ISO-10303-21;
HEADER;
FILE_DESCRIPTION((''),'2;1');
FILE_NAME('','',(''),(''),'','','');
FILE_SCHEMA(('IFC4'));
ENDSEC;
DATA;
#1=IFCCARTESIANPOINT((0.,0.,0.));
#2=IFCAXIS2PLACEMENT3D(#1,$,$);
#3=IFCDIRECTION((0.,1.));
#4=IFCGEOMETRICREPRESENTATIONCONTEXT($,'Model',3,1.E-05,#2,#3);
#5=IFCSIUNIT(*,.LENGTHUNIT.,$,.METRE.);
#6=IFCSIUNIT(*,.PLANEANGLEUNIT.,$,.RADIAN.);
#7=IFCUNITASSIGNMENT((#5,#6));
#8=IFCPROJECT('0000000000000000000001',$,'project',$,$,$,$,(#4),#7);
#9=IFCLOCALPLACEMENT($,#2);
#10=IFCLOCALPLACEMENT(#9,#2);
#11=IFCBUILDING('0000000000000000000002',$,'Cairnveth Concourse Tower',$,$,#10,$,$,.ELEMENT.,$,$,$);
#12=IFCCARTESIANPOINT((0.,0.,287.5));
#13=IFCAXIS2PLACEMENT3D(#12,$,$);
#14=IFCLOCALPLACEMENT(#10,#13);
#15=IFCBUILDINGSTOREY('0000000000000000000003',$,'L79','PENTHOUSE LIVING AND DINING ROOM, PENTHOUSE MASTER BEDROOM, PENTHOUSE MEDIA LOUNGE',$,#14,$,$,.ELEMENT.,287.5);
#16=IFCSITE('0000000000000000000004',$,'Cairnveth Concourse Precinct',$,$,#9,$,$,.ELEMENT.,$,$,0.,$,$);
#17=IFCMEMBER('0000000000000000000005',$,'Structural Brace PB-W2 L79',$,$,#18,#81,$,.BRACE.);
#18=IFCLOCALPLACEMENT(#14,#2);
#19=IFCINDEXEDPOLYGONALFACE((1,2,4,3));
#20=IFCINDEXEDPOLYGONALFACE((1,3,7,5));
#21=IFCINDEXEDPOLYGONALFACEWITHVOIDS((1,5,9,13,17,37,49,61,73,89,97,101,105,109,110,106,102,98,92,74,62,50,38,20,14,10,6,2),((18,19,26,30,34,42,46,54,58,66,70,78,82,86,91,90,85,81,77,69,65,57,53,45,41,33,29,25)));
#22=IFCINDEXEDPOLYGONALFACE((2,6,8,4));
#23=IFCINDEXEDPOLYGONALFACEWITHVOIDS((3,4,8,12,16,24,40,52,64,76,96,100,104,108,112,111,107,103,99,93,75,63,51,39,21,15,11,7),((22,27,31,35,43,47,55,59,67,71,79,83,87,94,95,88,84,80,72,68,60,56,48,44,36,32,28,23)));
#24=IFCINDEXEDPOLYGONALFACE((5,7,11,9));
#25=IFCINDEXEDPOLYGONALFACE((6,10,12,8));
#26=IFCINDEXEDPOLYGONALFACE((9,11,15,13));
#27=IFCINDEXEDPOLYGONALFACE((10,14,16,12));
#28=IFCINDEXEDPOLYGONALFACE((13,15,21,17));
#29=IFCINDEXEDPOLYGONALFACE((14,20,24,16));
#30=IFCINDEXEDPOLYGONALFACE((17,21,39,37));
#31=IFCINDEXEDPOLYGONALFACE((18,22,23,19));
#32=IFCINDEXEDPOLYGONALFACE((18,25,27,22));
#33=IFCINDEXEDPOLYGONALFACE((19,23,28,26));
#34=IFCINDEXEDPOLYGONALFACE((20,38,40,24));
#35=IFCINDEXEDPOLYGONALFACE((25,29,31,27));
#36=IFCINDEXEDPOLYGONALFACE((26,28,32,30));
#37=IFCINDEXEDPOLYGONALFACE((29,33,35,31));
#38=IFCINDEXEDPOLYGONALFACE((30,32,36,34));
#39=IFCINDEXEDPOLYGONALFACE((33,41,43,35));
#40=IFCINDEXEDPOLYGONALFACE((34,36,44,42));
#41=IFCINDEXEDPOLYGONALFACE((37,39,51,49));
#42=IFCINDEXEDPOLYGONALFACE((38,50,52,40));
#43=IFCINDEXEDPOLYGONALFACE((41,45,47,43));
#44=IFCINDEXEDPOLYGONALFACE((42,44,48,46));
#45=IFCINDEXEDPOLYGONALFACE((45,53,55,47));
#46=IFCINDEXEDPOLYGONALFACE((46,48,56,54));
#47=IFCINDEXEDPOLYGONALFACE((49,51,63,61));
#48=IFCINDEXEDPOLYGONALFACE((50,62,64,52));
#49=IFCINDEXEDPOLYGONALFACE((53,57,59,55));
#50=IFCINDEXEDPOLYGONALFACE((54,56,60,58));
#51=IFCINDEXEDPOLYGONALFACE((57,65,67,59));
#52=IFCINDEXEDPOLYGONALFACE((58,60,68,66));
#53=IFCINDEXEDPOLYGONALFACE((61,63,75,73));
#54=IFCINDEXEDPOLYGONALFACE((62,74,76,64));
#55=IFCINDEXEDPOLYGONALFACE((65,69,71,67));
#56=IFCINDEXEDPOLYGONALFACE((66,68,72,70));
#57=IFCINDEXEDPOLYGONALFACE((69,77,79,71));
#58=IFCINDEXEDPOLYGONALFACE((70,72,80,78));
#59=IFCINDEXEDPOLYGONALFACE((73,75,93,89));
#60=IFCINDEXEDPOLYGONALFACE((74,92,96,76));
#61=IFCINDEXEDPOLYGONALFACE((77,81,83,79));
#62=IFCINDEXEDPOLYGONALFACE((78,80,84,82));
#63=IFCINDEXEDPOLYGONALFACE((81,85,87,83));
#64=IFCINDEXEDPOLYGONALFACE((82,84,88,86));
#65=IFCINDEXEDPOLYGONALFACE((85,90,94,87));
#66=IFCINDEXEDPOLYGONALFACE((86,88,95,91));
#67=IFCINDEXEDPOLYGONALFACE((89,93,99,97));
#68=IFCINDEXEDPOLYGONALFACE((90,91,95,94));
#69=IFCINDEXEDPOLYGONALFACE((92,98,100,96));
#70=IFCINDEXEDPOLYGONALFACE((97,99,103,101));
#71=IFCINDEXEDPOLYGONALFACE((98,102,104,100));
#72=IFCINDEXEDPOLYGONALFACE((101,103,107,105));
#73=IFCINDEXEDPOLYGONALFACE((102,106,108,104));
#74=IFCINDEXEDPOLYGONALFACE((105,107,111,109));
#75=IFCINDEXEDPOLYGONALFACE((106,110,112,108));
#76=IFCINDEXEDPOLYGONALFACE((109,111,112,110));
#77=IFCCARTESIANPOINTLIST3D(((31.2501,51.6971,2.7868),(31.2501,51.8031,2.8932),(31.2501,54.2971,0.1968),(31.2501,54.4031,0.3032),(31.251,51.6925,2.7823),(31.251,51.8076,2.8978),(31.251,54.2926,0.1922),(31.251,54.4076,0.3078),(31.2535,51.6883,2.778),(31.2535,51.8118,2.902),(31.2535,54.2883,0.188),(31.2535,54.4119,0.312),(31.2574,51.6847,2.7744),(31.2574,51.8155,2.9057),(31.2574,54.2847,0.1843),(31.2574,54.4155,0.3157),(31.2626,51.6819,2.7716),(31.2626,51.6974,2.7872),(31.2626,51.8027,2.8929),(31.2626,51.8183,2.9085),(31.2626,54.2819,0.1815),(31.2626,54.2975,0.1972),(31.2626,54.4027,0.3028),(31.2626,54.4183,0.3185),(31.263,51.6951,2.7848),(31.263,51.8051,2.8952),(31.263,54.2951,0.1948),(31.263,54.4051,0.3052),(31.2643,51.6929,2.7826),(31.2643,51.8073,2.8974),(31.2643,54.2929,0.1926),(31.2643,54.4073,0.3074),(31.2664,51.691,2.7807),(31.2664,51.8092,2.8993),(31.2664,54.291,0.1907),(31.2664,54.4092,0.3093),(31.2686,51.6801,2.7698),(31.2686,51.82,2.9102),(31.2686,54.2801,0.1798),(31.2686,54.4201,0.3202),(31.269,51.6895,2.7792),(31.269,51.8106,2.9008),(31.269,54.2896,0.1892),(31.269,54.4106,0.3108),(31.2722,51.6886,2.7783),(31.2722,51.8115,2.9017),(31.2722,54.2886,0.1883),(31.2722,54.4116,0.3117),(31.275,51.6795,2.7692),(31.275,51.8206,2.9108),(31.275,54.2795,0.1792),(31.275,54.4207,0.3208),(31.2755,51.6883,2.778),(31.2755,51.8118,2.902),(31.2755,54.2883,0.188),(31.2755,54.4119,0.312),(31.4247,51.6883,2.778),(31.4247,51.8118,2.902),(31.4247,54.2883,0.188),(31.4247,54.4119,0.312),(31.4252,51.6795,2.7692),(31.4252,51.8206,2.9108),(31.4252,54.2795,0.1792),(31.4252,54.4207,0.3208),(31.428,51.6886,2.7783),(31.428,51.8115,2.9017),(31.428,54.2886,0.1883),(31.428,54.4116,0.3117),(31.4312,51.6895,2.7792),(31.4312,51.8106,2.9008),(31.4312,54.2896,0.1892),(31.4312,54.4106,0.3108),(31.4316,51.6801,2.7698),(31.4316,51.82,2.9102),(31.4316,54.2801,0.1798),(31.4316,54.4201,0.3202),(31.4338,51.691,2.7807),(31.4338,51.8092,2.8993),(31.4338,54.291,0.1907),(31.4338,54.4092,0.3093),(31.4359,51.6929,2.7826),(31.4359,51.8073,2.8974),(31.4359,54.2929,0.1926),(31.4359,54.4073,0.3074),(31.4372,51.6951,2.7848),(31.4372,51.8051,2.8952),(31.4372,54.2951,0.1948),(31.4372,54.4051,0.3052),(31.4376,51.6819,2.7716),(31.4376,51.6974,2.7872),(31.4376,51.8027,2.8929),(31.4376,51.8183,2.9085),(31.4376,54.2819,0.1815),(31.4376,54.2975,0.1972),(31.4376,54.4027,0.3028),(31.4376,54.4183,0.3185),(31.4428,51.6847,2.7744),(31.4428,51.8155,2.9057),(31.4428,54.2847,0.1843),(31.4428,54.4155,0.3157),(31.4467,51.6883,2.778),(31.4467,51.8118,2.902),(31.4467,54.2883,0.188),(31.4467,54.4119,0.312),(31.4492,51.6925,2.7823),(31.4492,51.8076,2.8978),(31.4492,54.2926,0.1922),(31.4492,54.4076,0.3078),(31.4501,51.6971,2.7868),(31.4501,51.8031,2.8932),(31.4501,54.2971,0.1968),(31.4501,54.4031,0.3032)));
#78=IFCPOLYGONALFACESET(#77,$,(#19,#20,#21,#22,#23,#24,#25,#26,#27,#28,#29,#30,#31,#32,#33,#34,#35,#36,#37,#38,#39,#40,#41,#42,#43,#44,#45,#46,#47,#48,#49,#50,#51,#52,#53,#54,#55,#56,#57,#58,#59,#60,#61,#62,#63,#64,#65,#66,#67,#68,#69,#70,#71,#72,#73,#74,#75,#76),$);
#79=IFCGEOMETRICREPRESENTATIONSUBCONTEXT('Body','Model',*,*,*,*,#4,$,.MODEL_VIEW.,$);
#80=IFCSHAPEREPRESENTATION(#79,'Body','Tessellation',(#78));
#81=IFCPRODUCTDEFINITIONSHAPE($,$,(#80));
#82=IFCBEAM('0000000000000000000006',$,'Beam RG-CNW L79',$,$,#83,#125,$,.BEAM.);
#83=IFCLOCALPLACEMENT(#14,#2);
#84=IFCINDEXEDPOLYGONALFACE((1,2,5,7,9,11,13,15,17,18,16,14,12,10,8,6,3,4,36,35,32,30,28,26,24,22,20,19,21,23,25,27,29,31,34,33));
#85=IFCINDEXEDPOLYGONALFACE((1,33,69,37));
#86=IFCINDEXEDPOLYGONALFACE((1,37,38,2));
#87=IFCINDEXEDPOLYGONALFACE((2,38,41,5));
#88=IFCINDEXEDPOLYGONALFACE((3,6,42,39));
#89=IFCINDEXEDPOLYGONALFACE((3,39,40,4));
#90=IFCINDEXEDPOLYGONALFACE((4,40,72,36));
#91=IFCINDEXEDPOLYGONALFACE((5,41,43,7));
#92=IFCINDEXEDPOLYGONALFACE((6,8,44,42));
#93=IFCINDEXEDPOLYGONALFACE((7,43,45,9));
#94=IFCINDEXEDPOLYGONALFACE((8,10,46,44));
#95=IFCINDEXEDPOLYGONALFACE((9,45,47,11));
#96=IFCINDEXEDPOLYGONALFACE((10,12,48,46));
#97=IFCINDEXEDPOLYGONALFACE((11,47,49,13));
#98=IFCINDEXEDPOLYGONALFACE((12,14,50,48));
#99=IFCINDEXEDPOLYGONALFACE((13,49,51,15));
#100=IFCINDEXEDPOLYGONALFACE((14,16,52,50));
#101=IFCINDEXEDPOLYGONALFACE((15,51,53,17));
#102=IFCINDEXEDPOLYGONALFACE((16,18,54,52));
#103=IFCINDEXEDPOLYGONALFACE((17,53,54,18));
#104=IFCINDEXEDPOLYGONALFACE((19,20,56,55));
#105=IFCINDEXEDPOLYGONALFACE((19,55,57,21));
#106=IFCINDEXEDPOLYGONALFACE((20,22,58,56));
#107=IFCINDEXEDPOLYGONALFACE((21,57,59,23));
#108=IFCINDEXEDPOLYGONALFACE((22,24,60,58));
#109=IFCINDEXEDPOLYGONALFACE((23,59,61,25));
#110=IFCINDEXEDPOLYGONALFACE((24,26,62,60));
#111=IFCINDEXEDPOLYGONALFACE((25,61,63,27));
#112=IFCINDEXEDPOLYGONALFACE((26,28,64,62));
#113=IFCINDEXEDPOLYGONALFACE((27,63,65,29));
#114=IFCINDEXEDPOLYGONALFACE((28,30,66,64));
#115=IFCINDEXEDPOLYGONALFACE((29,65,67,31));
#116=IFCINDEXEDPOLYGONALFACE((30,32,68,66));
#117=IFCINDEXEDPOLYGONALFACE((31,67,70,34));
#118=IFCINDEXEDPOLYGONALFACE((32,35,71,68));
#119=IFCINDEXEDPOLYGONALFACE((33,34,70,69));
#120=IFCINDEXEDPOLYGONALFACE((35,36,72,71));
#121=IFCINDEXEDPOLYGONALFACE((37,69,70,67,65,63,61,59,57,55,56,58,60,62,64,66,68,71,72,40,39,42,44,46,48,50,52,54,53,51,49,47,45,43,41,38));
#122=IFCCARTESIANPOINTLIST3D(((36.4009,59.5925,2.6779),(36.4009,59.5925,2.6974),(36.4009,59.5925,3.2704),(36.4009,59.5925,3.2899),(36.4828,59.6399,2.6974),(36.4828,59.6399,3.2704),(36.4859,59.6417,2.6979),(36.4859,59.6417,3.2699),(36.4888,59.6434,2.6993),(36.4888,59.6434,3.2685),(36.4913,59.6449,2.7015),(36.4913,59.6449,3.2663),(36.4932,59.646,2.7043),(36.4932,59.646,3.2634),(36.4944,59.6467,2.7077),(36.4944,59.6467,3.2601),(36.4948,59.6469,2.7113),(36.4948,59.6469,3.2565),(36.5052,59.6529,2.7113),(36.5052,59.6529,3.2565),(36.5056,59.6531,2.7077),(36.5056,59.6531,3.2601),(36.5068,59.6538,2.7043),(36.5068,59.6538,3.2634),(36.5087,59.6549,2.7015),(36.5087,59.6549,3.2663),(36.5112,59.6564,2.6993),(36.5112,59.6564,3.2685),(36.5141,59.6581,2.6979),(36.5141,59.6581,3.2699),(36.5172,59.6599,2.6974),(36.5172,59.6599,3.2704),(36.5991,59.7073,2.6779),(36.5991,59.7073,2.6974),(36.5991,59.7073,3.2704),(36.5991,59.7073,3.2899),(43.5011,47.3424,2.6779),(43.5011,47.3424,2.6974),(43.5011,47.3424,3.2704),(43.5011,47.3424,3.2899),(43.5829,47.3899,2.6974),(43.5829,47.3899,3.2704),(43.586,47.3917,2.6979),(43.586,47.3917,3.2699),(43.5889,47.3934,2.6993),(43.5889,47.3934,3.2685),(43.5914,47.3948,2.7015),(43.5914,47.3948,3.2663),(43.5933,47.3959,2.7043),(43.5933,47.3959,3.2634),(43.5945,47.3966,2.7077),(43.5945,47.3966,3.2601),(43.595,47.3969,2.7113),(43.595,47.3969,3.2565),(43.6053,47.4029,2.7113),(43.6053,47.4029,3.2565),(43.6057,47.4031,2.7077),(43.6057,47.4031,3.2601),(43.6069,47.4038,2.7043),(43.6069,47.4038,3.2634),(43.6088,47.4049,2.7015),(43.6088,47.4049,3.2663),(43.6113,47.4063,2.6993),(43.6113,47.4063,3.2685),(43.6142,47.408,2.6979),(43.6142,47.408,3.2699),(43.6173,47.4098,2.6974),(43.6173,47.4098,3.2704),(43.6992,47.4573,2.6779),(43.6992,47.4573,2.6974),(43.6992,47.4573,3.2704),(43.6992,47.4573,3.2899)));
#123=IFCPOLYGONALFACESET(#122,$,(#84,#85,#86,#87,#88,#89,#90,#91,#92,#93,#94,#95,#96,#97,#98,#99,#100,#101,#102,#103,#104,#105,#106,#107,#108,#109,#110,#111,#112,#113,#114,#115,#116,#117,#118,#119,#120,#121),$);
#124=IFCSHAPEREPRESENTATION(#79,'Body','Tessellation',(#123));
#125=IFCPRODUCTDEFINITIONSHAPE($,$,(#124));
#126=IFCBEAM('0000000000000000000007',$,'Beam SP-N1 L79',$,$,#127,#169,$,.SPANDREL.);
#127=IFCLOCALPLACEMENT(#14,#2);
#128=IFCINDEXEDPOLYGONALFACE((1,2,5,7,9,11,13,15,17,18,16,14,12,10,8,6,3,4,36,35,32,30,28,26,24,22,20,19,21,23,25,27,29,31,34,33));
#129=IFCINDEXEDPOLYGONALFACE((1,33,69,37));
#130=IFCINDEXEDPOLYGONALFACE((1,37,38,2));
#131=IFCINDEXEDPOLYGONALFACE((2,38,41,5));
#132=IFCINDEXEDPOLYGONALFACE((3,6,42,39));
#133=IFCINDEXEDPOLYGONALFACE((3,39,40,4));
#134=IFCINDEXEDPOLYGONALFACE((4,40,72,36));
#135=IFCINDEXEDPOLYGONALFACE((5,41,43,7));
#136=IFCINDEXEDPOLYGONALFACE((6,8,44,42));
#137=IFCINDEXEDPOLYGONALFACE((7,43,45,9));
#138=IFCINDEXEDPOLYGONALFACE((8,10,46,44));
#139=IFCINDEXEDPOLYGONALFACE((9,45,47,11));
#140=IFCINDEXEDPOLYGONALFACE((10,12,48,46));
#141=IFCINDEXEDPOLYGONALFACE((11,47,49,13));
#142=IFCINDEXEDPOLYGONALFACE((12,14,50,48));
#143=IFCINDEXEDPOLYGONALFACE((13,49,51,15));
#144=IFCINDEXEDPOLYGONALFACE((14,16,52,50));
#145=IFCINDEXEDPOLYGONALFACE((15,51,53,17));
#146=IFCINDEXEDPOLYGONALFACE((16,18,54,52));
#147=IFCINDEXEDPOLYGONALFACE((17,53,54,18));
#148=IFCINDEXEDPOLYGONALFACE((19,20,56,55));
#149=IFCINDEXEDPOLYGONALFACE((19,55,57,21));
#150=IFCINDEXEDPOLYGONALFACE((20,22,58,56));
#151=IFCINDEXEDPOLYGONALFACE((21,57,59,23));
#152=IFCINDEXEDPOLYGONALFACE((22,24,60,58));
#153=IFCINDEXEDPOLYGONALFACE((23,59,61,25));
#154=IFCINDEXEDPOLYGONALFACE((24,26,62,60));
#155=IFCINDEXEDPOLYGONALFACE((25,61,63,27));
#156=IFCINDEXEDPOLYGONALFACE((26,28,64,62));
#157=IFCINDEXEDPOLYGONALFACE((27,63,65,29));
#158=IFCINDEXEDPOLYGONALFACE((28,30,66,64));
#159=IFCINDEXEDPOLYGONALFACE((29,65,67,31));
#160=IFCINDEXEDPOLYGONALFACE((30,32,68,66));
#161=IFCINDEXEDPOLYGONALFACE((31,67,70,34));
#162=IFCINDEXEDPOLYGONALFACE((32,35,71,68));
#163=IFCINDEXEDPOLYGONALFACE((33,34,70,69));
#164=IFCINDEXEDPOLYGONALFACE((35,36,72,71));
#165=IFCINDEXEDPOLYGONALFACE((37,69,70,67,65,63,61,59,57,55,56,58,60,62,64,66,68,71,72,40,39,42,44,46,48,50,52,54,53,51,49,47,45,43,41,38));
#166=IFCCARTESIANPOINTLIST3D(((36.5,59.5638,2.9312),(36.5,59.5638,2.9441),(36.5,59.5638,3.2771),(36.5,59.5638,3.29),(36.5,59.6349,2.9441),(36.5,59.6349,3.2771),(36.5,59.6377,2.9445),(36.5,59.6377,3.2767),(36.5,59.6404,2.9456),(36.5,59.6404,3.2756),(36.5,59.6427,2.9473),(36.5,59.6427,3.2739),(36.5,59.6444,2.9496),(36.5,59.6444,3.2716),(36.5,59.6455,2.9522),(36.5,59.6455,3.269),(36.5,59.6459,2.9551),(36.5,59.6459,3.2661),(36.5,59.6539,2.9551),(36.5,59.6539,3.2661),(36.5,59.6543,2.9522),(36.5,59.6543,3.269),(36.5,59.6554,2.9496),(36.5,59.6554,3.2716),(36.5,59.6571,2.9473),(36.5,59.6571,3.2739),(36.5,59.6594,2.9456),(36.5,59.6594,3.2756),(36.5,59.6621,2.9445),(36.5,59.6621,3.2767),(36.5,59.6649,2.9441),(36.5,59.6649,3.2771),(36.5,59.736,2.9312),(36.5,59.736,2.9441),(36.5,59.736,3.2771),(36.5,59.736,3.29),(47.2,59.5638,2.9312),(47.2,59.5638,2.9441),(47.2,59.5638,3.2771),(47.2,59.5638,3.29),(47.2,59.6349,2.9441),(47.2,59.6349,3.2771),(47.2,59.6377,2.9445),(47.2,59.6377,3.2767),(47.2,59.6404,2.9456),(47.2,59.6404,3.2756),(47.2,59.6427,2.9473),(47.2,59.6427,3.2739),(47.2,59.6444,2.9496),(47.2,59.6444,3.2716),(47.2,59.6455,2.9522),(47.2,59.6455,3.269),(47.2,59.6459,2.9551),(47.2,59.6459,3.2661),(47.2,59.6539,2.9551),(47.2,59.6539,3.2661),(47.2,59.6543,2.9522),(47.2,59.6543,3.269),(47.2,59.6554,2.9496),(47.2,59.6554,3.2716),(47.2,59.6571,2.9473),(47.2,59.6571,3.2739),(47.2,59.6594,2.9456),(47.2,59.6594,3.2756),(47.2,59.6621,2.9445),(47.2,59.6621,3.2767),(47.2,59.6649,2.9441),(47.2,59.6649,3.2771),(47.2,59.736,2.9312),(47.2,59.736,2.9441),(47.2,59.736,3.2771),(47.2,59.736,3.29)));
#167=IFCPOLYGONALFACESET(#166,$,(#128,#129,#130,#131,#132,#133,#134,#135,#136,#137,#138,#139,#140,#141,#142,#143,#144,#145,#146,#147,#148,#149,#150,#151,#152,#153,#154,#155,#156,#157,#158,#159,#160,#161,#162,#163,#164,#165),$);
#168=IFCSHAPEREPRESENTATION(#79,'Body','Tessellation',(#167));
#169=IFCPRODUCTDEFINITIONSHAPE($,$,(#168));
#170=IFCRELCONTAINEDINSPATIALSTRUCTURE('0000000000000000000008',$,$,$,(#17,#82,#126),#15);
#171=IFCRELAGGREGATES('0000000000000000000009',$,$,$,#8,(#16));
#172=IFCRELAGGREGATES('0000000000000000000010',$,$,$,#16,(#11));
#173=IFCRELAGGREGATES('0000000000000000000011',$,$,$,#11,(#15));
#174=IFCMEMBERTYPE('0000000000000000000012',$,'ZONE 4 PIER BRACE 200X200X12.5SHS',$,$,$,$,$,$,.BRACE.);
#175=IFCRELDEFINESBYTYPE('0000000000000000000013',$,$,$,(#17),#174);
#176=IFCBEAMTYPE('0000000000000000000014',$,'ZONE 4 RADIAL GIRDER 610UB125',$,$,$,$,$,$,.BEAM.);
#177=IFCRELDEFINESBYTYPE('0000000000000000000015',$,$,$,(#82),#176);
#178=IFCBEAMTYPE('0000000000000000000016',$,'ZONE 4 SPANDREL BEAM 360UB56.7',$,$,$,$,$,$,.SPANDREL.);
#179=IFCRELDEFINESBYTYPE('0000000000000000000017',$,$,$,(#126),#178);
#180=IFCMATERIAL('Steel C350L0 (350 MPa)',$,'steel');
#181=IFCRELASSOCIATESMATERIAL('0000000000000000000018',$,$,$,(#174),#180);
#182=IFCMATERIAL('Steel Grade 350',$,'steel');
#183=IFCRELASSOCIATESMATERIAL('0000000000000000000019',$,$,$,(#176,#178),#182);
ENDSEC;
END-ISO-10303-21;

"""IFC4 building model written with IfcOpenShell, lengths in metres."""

from ifc_helpers import new_model, si_unit, direction, frame, origin, origin_2d, place, context, subcontext, project, spatial, hollow_rectangle, i_section, extrude, material, material_profile, profile_set, type_object, element, save


model = new_model("IFC4")

# Units and contexts
model_context = context("Model", 3, precision=1e-05, world=origin(), true_north=direction((0.0, 1.0)))
body_context = subcontext(model_context, "Body", "Model", "MODEL_VIEW")
ifc_project = project(units=[si_unit("LENGTHUNIT", "METRE"), si_unit("PLANEANGLEUNIT", "RADIAN")], contexts=[model_context])

# Site, building, storey
site_placement = place(None, origin())
site = spatial("IfcSite", under=ifc_project, at=site_placement, Name="Cairnveth Concourse Precinct", CompositionType="ELEMENT", RefElevation=0.0)
building_placement = place(site_placement, origin())
building = spatial("IfcBuilding", under=site, at=building_placement, Name="Cairnveth Concourse Tower", CompositionType="ELEMENT")
storey_placement = place(building_placement, frame((0.0, 0.0, 287.5)))
storey = spatial("IfcBuildingStorey", under=building, at=storey_placement, Name="L79", Description="PENTHOUSE LIVING AND DINING ROOM, PENTHOUSE MASTER BEDROOM, PENTHOUSE MEDIA LOUNGE", CompositionType="ELEMENT", Elevation=287.5)

# Shared definitions
ifc_material_1 = material(Name="Steel Grade 350", Category="steel")

# Member
ifc_material_2 = material(Name="Steel C350L0 (350 MPa)", Category="steel")
ifc_material_profile_1 = material_profile(ifc_material_2, hollow_rectangle(XDim=0.2, YDim=0.2, WallThickness=0.0125, InnerFilletRadius=0.0129, OuterFilletRadius=0.0249, at=origin_2d()), Name="200x200x12.5SHS")
ifc_profile_set_1 = profile_set([ifc_material_profile_1], Name="Steel C350L0 (350 MPa)")
member_type = type_object("IfcMemberType", Name="ZONE 4 PIER BRACE 200X200X12.5SHS", PredefinedType="BRACE", material=ifc_profile_set_1)
member_placement = place(storey_placement, frame((31.3501, 54.3501, 0.25), z_axis=(0.0, -0.708469, 0.705742), x_axis=(1.0, 0.0, 0.0)))
element("IfcMember", 1, at=member_placement, inside=storey, type_object=member_type, Name="Structural Brace PB-W2 L79", PredefinedType="BRACE", context=body_context, shape_type="SweptSolid", body=[
    extrude(hollow_rectangle(XDim=0.2, YDim=0.2, WallThickness=0.0125, InnerFilletRadius=0.0129, OuterFilletRadius=0.0249, at=origin_2d()), origin(), (0.0, 0.0, 1.0), 3.6699),
])

# Beams
ifc_material_profile_2 = material_profile(ifc_material_1, i_section(OverallWidth=0.229, OverallDepth=0.6121, WebThickness=0.012, FlangeThickness=0.0195, FilletRadius=0.0139, at=origin_2d()), Name="610UB125")
ifc_profile_set_2 = profile_set([ifc_material_profile_2], Name="Steel Grade 350")
beam_type_1 = type_object("IfcBeamType", Name="ZONE 4 RADIAL GIRDER 610UB125", PredefinedType="BEAM", material=ifc_profile_set_2)
beam_1_placement = place(storey_placement, frame((36.5, 59.6499, 2.9839), z_axis=(0.501459, -0.865181, 0.0), x_axis=(0.865181, 0.501459, 0.0)))
element("IfcBeam", 2, at=beam_1_placement, inside=storey, type_object=beam_type_1, Name="Beam RG-CNW L79", PredefinedType="BEAM", context=body_context, shape_type="SweptSolid", body=[
    extrude(i_section(OverallWidth=0.229, OverallDepth=0.6121, WebThickness=0.012, FlangeThickness=0.0195, FilletRadius=0.0139, at=origin_2d()), origin(), (0.0, 0.0, 1.0), 14.1589),
])
ifc_material_profile_3 = material_profile(ifc_material_1, i_section(OverallWidth=0.1721, OverallDepth=0.3589, WebThickness=0.0081, FlangeThickness=0.0129, FilletRadius=0.011, at=origin_2d()), Name="360UB56.7")
ifc_profile_set_3 = profile_set([ifc_material_profile_3], Name="Steel Grade 350")
beam_type_2 = type_object("IfcBeamType", Name="ZONE 4 SPANDREL BEAM 360UB56.7", PredefinedType="SPANDREL", material=ifc_profile_set_3)
beam_2_placement = place(storey_placement, frame((36.5, 59.6499, 3.1106), z_axis=(1.0, 0.0, 0.0), x_axis=(0.0, 1.0, 0.0)))
element("IfcBeam", 3, at=beam_2_placement, inside=storey, type_object=beam_type_2, Name="Beam SP-N1 L79", PredefinedType="SPANDREL", context=body_context, shape_type="SweptSolid", body=[
    extrude(i_section(OverallWidth=0.1721, OverallDepth=0.3589, WebThickness=0.0081, FlangeThickness=0.0129, FilletRadius=0.011, at=origin_2d()), origin(), (0.0, 0.0, 1.0), 10.7),
])

save(model, "model.ifc")
